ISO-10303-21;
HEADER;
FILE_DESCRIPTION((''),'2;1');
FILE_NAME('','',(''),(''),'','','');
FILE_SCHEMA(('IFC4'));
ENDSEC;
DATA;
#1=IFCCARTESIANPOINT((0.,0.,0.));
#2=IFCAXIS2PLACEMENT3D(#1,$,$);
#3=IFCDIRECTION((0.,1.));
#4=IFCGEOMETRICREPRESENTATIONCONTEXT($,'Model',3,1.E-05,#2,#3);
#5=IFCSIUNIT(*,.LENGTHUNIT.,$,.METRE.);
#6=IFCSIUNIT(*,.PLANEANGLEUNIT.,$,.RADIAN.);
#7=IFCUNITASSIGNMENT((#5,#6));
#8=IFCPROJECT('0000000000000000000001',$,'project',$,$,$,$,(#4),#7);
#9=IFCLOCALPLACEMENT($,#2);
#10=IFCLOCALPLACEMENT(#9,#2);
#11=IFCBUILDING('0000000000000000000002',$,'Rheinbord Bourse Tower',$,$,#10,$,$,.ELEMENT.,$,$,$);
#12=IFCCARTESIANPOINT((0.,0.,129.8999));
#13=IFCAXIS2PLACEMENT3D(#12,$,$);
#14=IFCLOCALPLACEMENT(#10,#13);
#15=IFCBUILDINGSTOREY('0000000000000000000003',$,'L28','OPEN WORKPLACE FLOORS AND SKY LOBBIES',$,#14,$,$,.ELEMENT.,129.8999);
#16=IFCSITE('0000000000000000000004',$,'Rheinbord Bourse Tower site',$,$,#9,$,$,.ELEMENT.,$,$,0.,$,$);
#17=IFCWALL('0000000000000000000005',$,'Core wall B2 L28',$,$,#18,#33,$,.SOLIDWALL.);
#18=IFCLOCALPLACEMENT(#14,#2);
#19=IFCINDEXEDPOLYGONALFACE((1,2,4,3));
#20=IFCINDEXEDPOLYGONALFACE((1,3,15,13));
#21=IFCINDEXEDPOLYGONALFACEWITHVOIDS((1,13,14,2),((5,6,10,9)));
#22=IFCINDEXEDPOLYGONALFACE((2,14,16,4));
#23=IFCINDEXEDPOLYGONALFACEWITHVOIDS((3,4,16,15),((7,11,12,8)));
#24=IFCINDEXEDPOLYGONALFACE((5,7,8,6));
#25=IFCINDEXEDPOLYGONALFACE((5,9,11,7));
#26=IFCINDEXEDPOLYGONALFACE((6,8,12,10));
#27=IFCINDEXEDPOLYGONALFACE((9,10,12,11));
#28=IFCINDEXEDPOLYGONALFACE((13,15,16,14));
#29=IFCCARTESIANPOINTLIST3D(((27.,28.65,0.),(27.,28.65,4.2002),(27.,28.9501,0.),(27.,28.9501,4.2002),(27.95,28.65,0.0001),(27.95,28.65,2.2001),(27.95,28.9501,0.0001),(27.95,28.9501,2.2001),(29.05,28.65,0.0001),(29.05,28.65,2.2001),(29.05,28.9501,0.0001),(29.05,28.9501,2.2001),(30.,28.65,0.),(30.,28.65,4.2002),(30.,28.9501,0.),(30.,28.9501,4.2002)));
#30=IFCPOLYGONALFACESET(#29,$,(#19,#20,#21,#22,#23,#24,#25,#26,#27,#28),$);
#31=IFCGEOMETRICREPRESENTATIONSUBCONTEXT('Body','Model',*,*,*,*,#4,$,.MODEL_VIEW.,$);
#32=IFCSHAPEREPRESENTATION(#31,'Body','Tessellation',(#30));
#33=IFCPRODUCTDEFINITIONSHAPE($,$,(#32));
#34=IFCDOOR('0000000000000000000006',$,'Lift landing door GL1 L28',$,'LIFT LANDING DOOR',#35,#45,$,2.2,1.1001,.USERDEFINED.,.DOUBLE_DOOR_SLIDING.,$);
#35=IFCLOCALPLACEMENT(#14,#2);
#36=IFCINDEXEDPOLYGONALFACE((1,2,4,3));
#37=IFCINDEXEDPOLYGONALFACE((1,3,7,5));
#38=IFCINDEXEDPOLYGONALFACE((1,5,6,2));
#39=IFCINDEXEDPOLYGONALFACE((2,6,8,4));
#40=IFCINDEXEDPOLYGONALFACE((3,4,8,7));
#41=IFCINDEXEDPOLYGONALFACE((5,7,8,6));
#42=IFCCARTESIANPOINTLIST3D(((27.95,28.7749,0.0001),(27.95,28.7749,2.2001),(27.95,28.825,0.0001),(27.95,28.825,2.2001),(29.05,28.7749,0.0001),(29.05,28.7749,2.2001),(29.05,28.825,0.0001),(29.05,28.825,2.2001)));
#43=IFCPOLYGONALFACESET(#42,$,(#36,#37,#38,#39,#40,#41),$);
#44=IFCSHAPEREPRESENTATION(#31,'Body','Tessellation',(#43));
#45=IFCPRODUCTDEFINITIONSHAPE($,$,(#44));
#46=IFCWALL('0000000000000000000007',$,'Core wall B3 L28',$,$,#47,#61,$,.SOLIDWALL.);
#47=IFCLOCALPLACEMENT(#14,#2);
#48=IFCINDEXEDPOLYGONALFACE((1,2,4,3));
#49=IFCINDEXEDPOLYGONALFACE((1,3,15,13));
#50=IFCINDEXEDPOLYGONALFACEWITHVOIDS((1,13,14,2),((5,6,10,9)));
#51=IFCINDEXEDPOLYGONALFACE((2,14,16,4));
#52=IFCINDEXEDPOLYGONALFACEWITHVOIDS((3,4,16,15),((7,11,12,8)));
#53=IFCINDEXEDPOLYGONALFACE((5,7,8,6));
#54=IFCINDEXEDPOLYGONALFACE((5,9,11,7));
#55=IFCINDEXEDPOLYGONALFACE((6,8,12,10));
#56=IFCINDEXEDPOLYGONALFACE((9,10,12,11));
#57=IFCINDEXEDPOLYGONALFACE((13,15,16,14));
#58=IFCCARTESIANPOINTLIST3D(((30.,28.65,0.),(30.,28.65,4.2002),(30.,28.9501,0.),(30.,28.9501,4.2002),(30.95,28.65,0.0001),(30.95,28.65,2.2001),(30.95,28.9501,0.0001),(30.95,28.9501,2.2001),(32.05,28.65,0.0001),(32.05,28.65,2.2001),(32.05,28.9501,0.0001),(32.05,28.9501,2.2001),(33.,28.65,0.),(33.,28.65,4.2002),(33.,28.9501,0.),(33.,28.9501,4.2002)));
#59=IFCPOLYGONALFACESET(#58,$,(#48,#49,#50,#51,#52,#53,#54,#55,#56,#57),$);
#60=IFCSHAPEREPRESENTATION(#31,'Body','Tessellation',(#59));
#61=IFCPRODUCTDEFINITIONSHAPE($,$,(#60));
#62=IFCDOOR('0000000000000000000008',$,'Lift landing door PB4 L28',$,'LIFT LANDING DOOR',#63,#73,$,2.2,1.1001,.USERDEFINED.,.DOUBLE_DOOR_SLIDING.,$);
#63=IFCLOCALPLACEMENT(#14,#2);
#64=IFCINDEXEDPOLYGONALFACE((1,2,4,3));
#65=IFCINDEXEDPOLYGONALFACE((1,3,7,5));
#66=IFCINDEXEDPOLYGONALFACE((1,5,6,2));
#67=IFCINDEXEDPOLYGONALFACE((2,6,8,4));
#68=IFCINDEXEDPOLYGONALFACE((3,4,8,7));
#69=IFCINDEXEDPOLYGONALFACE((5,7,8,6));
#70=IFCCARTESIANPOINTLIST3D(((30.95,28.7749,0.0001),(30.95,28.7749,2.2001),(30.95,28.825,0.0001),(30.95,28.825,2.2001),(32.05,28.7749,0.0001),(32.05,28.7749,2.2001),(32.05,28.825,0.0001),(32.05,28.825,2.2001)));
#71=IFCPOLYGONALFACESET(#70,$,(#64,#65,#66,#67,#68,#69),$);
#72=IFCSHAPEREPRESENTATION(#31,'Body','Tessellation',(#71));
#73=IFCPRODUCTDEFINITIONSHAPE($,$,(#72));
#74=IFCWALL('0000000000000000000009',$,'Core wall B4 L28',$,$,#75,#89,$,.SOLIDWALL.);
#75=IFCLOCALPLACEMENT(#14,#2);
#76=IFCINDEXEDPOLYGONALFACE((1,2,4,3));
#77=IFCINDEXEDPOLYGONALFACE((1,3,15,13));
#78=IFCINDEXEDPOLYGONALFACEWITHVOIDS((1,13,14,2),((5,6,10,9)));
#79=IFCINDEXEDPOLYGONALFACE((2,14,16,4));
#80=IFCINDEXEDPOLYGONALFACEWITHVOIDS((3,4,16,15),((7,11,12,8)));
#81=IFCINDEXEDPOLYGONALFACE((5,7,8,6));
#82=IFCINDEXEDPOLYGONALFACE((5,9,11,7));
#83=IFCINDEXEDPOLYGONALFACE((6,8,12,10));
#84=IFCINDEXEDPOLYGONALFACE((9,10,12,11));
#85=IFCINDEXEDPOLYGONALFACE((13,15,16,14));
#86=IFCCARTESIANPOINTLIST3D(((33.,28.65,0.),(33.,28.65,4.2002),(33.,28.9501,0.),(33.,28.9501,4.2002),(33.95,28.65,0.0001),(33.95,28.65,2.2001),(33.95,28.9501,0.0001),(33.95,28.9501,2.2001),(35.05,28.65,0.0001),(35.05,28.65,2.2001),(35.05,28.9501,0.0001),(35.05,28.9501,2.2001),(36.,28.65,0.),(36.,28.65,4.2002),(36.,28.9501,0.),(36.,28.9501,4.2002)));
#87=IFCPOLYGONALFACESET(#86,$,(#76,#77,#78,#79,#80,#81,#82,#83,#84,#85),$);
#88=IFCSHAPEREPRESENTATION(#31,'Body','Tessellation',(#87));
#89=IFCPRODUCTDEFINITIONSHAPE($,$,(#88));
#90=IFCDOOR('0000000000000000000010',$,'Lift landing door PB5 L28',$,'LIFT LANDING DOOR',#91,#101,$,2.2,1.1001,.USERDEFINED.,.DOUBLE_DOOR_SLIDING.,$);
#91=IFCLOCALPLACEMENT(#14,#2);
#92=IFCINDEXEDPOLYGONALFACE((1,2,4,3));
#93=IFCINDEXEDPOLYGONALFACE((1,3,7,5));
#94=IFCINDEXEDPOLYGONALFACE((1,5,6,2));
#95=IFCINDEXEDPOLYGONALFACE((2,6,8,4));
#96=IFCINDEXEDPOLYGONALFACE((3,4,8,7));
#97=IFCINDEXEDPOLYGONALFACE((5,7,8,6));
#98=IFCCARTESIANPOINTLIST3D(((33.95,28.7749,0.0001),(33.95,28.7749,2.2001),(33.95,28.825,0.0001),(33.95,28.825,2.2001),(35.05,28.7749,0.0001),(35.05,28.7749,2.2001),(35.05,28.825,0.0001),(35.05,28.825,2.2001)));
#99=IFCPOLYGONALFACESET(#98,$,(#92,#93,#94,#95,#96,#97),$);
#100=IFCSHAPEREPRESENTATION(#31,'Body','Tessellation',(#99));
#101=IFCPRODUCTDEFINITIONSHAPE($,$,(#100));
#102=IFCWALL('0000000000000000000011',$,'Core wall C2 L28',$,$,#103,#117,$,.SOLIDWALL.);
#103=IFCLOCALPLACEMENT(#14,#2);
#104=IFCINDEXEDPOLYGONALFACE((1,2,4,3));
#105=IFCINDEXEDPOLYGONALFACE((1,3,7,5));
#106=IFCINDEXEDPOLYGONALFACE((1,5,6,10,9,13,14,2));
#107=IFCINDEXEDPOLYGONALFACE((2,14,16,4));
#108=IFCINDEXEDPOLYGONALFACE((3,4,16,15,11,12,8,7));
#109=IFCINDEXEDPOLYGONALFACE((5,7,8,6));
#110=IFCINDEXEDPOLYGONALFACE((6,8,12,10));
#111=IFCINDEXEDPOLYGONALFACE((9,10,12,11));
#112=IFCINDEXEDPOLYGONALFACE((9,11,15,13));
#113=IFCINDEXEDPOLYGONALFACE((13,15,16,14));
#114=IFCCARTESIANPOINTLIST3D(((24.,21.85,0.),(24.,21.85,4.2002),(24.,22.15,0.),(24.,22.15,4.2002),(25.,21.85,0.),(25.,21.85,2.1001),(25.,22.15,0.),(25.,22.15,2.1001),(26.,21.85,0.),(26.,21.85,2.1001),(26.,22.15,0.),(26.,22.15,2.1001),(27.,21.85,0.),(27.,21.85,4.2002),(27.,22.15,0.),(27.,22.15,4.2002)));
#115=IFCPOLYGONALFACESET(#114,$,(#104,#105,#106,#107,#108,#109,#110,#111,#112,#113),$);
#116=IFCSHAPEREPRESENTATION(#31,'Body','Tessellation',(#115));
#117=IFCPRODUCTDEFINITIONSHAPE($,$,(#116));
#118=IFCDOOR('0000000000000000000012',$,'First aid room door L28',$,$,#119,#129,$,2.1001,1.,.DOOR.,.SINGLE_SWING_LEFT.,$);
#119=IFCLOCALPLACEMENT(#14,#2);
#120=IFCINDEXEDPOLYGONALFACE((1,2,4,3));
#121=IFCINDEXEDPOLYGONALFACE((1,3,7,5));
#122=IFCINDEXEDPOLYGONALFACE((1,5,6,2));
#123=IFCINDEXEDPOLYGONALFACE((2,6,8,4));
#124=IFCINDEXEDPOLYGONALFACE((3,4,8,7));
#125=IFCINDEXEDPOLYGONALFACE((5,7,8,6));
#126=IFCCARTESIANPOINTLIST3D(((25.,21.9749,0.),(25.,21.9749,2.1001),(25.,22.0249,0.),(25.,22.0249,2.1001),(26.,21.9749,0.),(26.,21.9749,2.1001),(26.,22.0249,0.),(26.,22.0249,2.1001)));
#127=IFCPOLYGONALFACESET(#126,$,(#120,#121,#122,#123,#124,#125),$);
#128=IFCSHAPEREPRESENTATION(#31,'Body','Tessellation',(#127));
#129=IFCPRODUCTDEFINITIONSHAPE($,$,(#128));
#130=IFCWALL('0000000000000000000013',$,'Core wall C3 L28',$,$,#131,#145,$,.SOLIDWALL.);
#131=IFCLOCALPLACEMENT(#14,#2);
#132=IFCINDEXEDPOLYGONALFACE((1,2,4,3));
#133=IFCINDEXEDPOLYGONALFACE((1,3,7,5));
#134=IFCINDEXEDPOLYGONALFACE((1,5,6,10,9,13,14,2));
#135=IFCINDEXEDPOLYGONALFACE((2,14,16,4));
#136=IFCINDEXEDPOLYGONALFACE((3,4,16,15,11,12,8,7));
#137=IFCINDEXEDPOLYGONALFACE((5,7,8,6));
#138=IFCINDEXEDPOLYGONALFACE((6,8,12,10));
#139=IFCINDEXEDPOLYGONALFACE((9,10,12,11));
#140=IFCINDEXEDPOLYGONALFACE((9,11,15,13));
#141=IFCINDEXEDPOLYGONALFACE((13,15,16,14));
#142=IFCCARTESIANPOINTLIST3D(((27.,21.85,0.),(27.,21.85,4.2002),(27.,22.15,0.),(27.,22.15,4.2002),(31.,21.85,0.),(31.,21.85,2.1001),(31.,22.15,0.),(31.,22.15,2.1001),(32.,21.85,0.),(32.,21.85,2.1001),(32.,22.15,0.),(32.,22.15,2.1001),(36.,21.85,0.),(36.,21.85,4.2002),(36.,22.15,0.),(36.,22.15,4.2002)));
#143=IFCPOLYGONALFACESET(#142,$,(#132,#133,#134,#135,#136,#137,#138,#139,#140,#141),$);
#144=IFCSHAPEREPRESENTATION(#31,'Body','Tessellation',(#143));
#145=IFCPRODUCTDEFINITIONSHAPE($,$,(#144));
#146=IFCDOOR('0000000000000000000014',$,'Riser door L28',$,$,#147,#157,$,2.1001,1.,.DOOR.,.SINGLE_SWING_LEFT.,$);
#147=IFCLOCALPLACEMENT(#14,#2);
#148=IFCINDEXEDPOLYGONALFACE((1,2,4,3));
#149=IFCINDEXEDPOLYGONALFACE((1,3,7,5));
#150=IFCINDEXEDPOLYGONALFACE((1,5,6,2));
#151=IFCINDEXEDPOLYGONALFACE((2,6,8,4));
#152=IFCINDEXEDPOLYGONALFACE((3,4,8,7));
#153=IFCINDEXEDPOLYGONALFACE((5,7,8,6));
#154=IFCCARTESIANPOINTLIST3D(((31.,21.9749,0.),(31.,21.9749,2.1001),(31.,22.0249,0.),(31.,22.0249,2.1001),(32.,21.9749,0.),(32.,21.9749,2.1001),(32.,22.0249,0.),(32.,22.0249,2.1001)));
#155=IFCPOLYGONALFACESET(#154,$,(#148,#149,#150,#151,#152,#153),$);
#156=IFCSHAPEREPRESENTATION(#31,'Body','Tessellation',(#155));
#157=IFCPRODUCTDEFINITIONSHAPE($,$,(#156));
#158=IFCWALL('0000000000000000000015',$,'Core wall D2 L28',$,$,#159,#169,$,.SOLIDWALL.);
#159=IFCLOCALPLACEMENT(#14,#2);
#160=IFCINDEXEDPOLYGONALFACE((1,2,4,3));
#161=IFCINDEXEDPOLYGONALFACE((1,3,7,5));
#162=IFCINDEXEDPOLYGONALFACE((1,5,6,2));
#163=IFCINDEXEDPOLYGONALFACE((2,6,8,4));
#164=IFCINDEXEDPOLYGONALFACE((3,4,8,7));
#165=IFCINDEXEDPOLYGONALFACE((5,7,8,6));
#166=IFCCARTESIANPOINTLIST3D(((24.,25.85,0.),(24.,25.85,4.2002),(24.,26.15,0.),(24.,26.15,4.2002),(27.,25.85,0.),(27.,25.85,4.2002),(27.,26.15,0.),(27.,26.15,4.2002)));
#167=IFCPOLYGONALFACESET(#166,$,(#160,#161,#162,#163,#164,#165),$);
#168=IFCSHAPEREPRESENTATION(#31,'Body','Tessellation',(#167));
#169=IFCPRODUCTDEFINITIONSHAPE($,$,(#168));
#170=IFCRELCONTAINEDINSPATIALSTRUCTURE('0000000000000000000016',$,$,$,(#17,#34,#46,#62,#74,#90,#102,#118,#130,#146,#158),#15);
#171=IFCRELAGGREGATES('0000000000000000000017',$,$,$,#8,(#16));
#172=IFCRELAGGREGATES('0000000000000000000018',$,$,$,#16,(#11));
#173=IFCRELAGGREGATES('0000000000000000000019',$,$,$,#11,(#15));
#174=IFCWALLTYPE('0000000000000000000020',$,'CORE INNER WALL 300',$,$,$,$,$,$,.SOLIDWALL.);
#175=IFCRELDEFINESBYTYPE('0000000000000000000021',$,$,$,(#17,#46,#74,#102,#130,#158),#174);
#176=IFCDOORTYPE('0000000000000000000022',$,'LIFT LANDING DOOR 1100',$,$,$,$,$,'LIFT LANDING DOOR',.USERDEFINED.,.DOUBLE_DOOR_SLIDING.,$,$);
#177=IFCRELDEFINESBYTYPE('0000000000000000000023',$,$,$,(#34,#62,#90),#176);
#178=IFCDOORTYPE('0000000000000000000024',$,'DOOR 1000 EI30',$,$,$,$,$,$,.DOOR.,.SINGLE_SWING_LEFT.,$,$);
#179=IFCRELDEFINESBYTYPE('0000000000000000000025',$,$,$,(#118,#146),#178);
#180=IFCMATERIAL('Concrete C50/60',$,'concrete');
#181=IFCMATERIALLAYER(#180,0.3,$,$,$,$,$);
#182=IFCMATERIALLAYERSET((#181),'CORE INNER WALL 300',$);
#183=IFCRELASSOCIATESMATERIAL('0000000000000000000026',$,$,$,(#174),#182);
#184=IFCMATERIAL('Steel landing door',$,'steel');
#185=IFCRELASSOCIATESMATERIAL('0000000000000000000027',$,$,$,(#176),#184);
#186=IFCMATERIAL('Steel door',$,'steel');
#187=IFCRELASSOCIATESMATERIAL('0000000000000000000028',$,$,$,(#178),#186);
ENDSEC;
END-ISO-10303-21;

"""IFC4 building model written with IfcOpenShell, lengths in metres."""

from ifc_helpers import new_model, si_unit, direction, frame, frame_2d, origin, place, context, subcontext, project, spatial, rectangle, extrude, material, layer, layer_set, type_object, element, fill, save


model = new_model("IFC4")

# Units and contexts
model_context = context("Model", 3, precision=1e-05, world=origin(), true_north=direction((0.0, 1.0)))
body_context = subcontext(model_context, "Body", "Model", "MODEL_VIEW")
ifc_project = project(units=[si_unit("LENGTHUNIT", "METRE"), si_unit("PLANEANGLEUNIT", "RADIAN")], contexts=[model_context])

# Site, building, storey
site_placement = place(None, origin())
site = spatial("IfcSite", under=ifc_project, at=site_placement, Name="Rheinbord Bourse Tower site", CompositionType="ELEMENT", RefElevation=0.0)
building_placement = place(site_placement, origin())
building = spatial("IfcBuilding", under=site, at=building_placement, Name="Rheinbord Bourse Tower", CompositionType="ELEMENT")
storey_placement = place(building_placement, frame((0.0, 0.0, 129.8999)))
storey = spatial("IfcBuildingStorey", under=building, at=storey_placement, Name="L28", Description="OPEN WORKPLACE FLOORS AND SKY LOBBIES", CompositionType="ELEMENT", Elevation=129.8999)

# Walls, openings, doors
ifc_material_1 = material(Name="Concrete C50/60", Category="concrete")
ifc_layer_1 = layer(ifc_material_1, 0.3)
ifc_layer_set_1 = layer_set([ifc_layer_1], Name="CORE INNER WALL 300")
wall_type_1 = type_object("IfcWallType", Name="CORE INNER WALL 300", PredefinedType="SOLIDWALL", material=ifc_layer_set_1)
wall_1_placement = place(storey_placement, frame((27.0, 28.8, 0.0), z_axis=(0.0, 0.0, 1.0), x_axis=(1.0, 0.0, 0.0)))
wall_1 = element("IfcWall", 1, at=wall_1_placement, inside=storey, type_object=wall_type_1, Name="Core wall B2 L28", PredefinedType="SOLIDWALL", context=body_context, shape_type="SweptSolid", body=[
    extrude(rectangle(XDim=3.0, YDim=0.3, at=frame_2d((1.5, 0.0))), origin(), (0.0, 0.0, 1.0), 4.2002),
])
opening_1_placement = place(wall_1_placement, frame((0.95, 0.0, 0.0)))
opening_1 = element("IfcOpeningElement", 2, at=opening_1_placement, cuts=wall_1, PredefinedType="OPENING", context=body_context, shape_type="SweptSolid", body=[
    extrude(rectangle(XDim=1.1001, YDim=2.2, at=frame_2d((0.55, 1.1001))), frame((0.0, 0.1599, 0.0), z_axis=(0.0, -1.0, 0.0), x_axis=(1.0, 0.0, 0.0)), (0.0, 0.0, 1.0), 0.3201),
])
ifc_material_2 = material(Name="Steel landing door", Category="steel")
door_type_1 = type_object("IfcDoorType", Name="LIFT LANDING DOOR 1100", ElementType="LIFT LANDING DOOR", OperationType="DOUBLE_DOOR_SLIDING", PredefinedType="USERDEFINED", material=ifc_material_2)
door_1_placement = place(opening_1_placement, origin())
door_1 = element("IfcDoor", 3, at=door_1_placement, inside=storey, type_object=door_type_1, Name="Lift landing door GL1 L28", ObjectType="LIFT LANDING DOOR", OperationType="DOUBLE_DOOR_SLIDING", OverallHeight=2.2, OverallWidth=1.1001, PredefinedType="USERDEFINED", context=body_context, shape_type="SweptSolid", body=[
    extrude(rectangle(XDim=1.1001, YDim=2.2, at=frame_2d((0.55, 1.1001))), frame((0.0, 0.0249, 0.0), z_axis=(0.0, -1.0, 0.0), x_axis=(1.0, 0.0, 0.0)), (0.0, 0.0, 1.0), 0.05),
])
fill(opening_1, door_1)
wall_2_placement = place(storey_placement, frame((30.0, 28.8, 0.0), z_axis=(0.0, 0.0, 1.0), x_axis=(1.0, 0.0, 0.0)))
wall_2 = element("IfcWall", 4, at=wall_2_placement, inside=storey, type_object=wall_type_1, Name="Core wall B3 L28", PredefinedType="SOLIDWALL", context=body_context, shape_type="SweptSolid", body=[
    extrude(rectangle(XDim=3.0, YDim=0.3, at=frame_2d((1.5, 0.0))), origin(), (0.0, 0.0, 1.0), 4.2002),
])
opening_2_placement = place(wall_2_placement, frame((0.95, 0.0, 0.0)))
opening_2 = element("IfcOpeningElement", 5, at=opening_2_placement, cuts=wall_2, PredefinedType="OPENING", context=body_context, shape_type="SweptSolid", body=[
    extrude(rectangle(XDim=1.1001, YDim=2.2, at=frame_2d((0.55, 1.1001))), frame((0.0, 0.1599, 0.0), z_axis=(0.0, -1.0, 0.0), x_axis=(1.0, 0.0, 0.0)), (0.0, 0.0, 1.0), 0.3201),
])
door_2_placement = place(opening_2_placement, origin())
door_2 = element("IfcDoor", 6, at=door_2_placement, inside=storey, type_object=door_type_1, Name="Lift landing door PB4 L28", ObjectType="LIFT LANDING DOOR", OperationType="DOUBLE_DOOR_SLIDING", OverallHeight=2.2, OverallWidth=1.1001, PredefinedType="USERDEFINED", context=body_context, shape_type="SweptSolid", body=[
    extrude(rectangle(XDim=1.1001, YDim=2.2, at=frame_2d((0.55, 1.1001))), frame((0.0, 0.0249, 0.0), z_axis=(0.0, -1.0, 0.0), x_axis=(1.0, 0.0, 0.0)), (0.0, 0.0, 1.0), 0.05),
])
fill(opening_2, door_2)
wall_3_placement = place(storey_placement, frame((33.0, 28.8, 0.0), z_axis=(0.0, 0.0, 1.0), x_axis=(1.0, 0.0, 0.0)))
wall_3 = element("IfcWall", 7, at=wall_3_placement, inside=storey, type_object=wall_type_1, Name="Core wall B4 L28", PredefinedType="SOLIDWALL", context=body_context, shape_type="SweptSolid", body=[
    extrude(rectangle(XDim=3.0, YDim=0.3, at=frame_2d((1.5, 0.0))), origin(), (0.0, 0.0, 1.0), 4.2002),
])
opening_3_placement = place(wall_3_placement, frame((0.95, 0.0, 0.0)))
opening_3 = element("IfcOpeningElement", 8, at=opening_3_placement, cuts=wall_3, PredefinedType="OPENING", context=body_context, shape_type="SweptSolid", body=[
    extrude(rectangle(XDim=1.1001, YDim=2.2, at=frame_2d((0.55, 1.1001))), frame((0.0, 0.1599, 0.0), z_axis=(0.0, -1.0, 0.0), x_axis=(1.0, 0.0, 0.0)), (0.0, 0.0, 1.0), 0.3201),
])
door_3_placement = place(opening_3_placement, origin())
door_3 = element("IfcDoor", 9, at=door_3_placement, inside=storey, type_object=door_type_1, Name="Lift landing door PB5 L28", ObjectType="LIFT LANDING DOOR", OperationType="DOUBLE_DOOR_SLIDING", OverallHeight=2.2, OverallWidth=1.1001, PredefinedType="USERDEFINED", context=body_context, shape_type="SweptSolid", body=[
    extrude(rectangle(XDim=1.1001, YDim=2.2, at=frame_2d((0.55, 1.1001))), frame((0.0, 0.0249, 0.0), z_axis=(0.0, -1.0, 0.0), x_axis=(1.0, 0.0, 0.0)), (0.0, 0.0, 1.0), 0.05),
])
fill(opening_3, door_3)
wall_4_placement = place(storey_placement, frame((24.0, 22.0, 0.0), z_axis=(0.0, 0.0, 1.0), x_axis=(1.0, 0.0, 0.0)))
wall_4 = element("IfcWall", 10, at=wall_4_placement, inside=storey, type_object=wall_type_1, Name="Core wall C2 L28", PredefinedType="SOLIDWALL", context=body_context, shape_type="SweptSolid", body=[
    extrude(rectangle(XDim=3.0, YDim=0.3, at=frame_2d((1.5, 0.0))), origin(), (0.0, 0.0, 1.0), 4.2002),
])
opening_4_placement = place(wall_4_placement, frame((1.0, 0.0, 0.0)))
opening_4 = element("IfcOpeningElement", 11, at=opening_4_placement, cuts=wall_4, PredefinedType="OPENING", context=body_context, shape_type="SweptSolid", body=[
    extrude(rectangle(XDim=1.0, YDim=2.1001, at=frame_2d((0.5, 1.05))), frame((0.0, 0.1599, 0.0), z_axis=(0.0, -1.0, 0.0), x_axis=(1.0, 0.0, 0.0)), (0.0, 0.0, 1.0), 0.3201),
])
ifc_material_3 = material(Name="Steel door", Category="steel")
door_type_2 = type_object("IfcDoorType", Name="DOOR 1000 EI30", OperationType="SINGLE_SWING_LEFT", PredefinedType="DOOR", material=ifc_material_3)
door_4_placement = place(opening_4_placement, origin())
door_4 = element("IfcDoor", 12, at=door_4_placement, inside=storey, type_object=door_type_2, Name="First aid room door L28", OperationType="SINGLE_SWING_LEFT", OverallHeight=2.1001, OverallWidth=1.0, PredefinedType="DOOR", context=body_context, shape_type="SweptSolid", body=[
    extrude(rectangle(XDim=1.0, YDim=2.1001, at=frame_2d((0.5, 1.05))), frame((0.0, 0.0249, 0.0), z_axis=(0.0, -1.0, 0.0), x_axis=(1.0, 0.0, 0.0)), (0.0, 0.0, 1.0), 0.05),
])
fill(opening_4, door_4)
wall_5_placement = place(storey_placement, frame((27.0, 22.0, 0.0), z_axis=(0.0, 0.0, 1.0), x_axis=(1.0, 0.0, 0.0)))
wall_5 = element("IfcWall", 13, at=wall_5_placement, inside=storey, type_object=wall_type_1, Name="Core wall C3 L28", PredefinedType="SOLIDWALL", context=body_context, shape_type="SweptSolid", body=[
    extrude(rectangle(XDim=9.0, YDim=0.3, at=frame_2d((4.5, 0.0))), origin(), (0.0, 0.0, 1.0), 4.2002),
])
opening_5_placement = place(wall_5_placement, frame((4.0, 0.0, 0.0)))
opening_5 = element("IfcOpeningElement", 14, at=opening_5_placement, cuts=wall_5, PredefinedType="OPENING", context=body_context, shape_type="SweptSolid", body=[
    extrude(rectangle(XDim=1.0, YDim=2.1001, at=frame_2d((0.5, 1.05))), frame((0.0, 0.1599, 0.0), z_axis=(0.0, -1.0, 0.0), x_axis=(1.0, 0.0, 0.0)), (0.0, 0.0, 1.0), 0.3201),
])
door_5_placement = place(opening_5_placement, origin())
door_5 = element("IfcDoor", 15, at=door_5_placement, inside=storey, type_object=door_type_2, Name="Riser door L28", OperationType="SINGLE_SWING_LEFT", OverallHeight=2.1001, OverallWidth=1.0, PredefinedType="DOOR", context=body_context, shape_type="SweptSolid", body=[
    extrude(rectangle(XDim=1.0, YDim=2.1001, at=frame_2d((0.5, 1.05))), frame((0.0, 0.0249, 0.0), z_axis=(0.0, -1.0, 0.0), x_axis=(1.0, 0.0, 0.0)), (0.0, 0.0, 1.0), 0.05),
])
fill(opening_5, door_5)

# Wall
wall_6_placement = place(storey_placement, frame((24.0, 26.0, 0.0), z_axis=(0.0, 0.0, 1.0), x_axis=(1.0, 0.0, 0.0)))
element("IfcWall", 16, at=wall_6_placement, inside=storey, type_object=wall_type_1, Name="Core wall D2 L28", PredefinedType="SOLIDWALL", context=body_context, shape_type="SweptSolid", body=[
    extrude(rectangle(XDim=3.0, YDim=0.3, at=frame_2d((1.5, 0.0))), origin(), (0.0, 0.0, 1.0), 4.2002),
])

save(model, "model.ifc")
